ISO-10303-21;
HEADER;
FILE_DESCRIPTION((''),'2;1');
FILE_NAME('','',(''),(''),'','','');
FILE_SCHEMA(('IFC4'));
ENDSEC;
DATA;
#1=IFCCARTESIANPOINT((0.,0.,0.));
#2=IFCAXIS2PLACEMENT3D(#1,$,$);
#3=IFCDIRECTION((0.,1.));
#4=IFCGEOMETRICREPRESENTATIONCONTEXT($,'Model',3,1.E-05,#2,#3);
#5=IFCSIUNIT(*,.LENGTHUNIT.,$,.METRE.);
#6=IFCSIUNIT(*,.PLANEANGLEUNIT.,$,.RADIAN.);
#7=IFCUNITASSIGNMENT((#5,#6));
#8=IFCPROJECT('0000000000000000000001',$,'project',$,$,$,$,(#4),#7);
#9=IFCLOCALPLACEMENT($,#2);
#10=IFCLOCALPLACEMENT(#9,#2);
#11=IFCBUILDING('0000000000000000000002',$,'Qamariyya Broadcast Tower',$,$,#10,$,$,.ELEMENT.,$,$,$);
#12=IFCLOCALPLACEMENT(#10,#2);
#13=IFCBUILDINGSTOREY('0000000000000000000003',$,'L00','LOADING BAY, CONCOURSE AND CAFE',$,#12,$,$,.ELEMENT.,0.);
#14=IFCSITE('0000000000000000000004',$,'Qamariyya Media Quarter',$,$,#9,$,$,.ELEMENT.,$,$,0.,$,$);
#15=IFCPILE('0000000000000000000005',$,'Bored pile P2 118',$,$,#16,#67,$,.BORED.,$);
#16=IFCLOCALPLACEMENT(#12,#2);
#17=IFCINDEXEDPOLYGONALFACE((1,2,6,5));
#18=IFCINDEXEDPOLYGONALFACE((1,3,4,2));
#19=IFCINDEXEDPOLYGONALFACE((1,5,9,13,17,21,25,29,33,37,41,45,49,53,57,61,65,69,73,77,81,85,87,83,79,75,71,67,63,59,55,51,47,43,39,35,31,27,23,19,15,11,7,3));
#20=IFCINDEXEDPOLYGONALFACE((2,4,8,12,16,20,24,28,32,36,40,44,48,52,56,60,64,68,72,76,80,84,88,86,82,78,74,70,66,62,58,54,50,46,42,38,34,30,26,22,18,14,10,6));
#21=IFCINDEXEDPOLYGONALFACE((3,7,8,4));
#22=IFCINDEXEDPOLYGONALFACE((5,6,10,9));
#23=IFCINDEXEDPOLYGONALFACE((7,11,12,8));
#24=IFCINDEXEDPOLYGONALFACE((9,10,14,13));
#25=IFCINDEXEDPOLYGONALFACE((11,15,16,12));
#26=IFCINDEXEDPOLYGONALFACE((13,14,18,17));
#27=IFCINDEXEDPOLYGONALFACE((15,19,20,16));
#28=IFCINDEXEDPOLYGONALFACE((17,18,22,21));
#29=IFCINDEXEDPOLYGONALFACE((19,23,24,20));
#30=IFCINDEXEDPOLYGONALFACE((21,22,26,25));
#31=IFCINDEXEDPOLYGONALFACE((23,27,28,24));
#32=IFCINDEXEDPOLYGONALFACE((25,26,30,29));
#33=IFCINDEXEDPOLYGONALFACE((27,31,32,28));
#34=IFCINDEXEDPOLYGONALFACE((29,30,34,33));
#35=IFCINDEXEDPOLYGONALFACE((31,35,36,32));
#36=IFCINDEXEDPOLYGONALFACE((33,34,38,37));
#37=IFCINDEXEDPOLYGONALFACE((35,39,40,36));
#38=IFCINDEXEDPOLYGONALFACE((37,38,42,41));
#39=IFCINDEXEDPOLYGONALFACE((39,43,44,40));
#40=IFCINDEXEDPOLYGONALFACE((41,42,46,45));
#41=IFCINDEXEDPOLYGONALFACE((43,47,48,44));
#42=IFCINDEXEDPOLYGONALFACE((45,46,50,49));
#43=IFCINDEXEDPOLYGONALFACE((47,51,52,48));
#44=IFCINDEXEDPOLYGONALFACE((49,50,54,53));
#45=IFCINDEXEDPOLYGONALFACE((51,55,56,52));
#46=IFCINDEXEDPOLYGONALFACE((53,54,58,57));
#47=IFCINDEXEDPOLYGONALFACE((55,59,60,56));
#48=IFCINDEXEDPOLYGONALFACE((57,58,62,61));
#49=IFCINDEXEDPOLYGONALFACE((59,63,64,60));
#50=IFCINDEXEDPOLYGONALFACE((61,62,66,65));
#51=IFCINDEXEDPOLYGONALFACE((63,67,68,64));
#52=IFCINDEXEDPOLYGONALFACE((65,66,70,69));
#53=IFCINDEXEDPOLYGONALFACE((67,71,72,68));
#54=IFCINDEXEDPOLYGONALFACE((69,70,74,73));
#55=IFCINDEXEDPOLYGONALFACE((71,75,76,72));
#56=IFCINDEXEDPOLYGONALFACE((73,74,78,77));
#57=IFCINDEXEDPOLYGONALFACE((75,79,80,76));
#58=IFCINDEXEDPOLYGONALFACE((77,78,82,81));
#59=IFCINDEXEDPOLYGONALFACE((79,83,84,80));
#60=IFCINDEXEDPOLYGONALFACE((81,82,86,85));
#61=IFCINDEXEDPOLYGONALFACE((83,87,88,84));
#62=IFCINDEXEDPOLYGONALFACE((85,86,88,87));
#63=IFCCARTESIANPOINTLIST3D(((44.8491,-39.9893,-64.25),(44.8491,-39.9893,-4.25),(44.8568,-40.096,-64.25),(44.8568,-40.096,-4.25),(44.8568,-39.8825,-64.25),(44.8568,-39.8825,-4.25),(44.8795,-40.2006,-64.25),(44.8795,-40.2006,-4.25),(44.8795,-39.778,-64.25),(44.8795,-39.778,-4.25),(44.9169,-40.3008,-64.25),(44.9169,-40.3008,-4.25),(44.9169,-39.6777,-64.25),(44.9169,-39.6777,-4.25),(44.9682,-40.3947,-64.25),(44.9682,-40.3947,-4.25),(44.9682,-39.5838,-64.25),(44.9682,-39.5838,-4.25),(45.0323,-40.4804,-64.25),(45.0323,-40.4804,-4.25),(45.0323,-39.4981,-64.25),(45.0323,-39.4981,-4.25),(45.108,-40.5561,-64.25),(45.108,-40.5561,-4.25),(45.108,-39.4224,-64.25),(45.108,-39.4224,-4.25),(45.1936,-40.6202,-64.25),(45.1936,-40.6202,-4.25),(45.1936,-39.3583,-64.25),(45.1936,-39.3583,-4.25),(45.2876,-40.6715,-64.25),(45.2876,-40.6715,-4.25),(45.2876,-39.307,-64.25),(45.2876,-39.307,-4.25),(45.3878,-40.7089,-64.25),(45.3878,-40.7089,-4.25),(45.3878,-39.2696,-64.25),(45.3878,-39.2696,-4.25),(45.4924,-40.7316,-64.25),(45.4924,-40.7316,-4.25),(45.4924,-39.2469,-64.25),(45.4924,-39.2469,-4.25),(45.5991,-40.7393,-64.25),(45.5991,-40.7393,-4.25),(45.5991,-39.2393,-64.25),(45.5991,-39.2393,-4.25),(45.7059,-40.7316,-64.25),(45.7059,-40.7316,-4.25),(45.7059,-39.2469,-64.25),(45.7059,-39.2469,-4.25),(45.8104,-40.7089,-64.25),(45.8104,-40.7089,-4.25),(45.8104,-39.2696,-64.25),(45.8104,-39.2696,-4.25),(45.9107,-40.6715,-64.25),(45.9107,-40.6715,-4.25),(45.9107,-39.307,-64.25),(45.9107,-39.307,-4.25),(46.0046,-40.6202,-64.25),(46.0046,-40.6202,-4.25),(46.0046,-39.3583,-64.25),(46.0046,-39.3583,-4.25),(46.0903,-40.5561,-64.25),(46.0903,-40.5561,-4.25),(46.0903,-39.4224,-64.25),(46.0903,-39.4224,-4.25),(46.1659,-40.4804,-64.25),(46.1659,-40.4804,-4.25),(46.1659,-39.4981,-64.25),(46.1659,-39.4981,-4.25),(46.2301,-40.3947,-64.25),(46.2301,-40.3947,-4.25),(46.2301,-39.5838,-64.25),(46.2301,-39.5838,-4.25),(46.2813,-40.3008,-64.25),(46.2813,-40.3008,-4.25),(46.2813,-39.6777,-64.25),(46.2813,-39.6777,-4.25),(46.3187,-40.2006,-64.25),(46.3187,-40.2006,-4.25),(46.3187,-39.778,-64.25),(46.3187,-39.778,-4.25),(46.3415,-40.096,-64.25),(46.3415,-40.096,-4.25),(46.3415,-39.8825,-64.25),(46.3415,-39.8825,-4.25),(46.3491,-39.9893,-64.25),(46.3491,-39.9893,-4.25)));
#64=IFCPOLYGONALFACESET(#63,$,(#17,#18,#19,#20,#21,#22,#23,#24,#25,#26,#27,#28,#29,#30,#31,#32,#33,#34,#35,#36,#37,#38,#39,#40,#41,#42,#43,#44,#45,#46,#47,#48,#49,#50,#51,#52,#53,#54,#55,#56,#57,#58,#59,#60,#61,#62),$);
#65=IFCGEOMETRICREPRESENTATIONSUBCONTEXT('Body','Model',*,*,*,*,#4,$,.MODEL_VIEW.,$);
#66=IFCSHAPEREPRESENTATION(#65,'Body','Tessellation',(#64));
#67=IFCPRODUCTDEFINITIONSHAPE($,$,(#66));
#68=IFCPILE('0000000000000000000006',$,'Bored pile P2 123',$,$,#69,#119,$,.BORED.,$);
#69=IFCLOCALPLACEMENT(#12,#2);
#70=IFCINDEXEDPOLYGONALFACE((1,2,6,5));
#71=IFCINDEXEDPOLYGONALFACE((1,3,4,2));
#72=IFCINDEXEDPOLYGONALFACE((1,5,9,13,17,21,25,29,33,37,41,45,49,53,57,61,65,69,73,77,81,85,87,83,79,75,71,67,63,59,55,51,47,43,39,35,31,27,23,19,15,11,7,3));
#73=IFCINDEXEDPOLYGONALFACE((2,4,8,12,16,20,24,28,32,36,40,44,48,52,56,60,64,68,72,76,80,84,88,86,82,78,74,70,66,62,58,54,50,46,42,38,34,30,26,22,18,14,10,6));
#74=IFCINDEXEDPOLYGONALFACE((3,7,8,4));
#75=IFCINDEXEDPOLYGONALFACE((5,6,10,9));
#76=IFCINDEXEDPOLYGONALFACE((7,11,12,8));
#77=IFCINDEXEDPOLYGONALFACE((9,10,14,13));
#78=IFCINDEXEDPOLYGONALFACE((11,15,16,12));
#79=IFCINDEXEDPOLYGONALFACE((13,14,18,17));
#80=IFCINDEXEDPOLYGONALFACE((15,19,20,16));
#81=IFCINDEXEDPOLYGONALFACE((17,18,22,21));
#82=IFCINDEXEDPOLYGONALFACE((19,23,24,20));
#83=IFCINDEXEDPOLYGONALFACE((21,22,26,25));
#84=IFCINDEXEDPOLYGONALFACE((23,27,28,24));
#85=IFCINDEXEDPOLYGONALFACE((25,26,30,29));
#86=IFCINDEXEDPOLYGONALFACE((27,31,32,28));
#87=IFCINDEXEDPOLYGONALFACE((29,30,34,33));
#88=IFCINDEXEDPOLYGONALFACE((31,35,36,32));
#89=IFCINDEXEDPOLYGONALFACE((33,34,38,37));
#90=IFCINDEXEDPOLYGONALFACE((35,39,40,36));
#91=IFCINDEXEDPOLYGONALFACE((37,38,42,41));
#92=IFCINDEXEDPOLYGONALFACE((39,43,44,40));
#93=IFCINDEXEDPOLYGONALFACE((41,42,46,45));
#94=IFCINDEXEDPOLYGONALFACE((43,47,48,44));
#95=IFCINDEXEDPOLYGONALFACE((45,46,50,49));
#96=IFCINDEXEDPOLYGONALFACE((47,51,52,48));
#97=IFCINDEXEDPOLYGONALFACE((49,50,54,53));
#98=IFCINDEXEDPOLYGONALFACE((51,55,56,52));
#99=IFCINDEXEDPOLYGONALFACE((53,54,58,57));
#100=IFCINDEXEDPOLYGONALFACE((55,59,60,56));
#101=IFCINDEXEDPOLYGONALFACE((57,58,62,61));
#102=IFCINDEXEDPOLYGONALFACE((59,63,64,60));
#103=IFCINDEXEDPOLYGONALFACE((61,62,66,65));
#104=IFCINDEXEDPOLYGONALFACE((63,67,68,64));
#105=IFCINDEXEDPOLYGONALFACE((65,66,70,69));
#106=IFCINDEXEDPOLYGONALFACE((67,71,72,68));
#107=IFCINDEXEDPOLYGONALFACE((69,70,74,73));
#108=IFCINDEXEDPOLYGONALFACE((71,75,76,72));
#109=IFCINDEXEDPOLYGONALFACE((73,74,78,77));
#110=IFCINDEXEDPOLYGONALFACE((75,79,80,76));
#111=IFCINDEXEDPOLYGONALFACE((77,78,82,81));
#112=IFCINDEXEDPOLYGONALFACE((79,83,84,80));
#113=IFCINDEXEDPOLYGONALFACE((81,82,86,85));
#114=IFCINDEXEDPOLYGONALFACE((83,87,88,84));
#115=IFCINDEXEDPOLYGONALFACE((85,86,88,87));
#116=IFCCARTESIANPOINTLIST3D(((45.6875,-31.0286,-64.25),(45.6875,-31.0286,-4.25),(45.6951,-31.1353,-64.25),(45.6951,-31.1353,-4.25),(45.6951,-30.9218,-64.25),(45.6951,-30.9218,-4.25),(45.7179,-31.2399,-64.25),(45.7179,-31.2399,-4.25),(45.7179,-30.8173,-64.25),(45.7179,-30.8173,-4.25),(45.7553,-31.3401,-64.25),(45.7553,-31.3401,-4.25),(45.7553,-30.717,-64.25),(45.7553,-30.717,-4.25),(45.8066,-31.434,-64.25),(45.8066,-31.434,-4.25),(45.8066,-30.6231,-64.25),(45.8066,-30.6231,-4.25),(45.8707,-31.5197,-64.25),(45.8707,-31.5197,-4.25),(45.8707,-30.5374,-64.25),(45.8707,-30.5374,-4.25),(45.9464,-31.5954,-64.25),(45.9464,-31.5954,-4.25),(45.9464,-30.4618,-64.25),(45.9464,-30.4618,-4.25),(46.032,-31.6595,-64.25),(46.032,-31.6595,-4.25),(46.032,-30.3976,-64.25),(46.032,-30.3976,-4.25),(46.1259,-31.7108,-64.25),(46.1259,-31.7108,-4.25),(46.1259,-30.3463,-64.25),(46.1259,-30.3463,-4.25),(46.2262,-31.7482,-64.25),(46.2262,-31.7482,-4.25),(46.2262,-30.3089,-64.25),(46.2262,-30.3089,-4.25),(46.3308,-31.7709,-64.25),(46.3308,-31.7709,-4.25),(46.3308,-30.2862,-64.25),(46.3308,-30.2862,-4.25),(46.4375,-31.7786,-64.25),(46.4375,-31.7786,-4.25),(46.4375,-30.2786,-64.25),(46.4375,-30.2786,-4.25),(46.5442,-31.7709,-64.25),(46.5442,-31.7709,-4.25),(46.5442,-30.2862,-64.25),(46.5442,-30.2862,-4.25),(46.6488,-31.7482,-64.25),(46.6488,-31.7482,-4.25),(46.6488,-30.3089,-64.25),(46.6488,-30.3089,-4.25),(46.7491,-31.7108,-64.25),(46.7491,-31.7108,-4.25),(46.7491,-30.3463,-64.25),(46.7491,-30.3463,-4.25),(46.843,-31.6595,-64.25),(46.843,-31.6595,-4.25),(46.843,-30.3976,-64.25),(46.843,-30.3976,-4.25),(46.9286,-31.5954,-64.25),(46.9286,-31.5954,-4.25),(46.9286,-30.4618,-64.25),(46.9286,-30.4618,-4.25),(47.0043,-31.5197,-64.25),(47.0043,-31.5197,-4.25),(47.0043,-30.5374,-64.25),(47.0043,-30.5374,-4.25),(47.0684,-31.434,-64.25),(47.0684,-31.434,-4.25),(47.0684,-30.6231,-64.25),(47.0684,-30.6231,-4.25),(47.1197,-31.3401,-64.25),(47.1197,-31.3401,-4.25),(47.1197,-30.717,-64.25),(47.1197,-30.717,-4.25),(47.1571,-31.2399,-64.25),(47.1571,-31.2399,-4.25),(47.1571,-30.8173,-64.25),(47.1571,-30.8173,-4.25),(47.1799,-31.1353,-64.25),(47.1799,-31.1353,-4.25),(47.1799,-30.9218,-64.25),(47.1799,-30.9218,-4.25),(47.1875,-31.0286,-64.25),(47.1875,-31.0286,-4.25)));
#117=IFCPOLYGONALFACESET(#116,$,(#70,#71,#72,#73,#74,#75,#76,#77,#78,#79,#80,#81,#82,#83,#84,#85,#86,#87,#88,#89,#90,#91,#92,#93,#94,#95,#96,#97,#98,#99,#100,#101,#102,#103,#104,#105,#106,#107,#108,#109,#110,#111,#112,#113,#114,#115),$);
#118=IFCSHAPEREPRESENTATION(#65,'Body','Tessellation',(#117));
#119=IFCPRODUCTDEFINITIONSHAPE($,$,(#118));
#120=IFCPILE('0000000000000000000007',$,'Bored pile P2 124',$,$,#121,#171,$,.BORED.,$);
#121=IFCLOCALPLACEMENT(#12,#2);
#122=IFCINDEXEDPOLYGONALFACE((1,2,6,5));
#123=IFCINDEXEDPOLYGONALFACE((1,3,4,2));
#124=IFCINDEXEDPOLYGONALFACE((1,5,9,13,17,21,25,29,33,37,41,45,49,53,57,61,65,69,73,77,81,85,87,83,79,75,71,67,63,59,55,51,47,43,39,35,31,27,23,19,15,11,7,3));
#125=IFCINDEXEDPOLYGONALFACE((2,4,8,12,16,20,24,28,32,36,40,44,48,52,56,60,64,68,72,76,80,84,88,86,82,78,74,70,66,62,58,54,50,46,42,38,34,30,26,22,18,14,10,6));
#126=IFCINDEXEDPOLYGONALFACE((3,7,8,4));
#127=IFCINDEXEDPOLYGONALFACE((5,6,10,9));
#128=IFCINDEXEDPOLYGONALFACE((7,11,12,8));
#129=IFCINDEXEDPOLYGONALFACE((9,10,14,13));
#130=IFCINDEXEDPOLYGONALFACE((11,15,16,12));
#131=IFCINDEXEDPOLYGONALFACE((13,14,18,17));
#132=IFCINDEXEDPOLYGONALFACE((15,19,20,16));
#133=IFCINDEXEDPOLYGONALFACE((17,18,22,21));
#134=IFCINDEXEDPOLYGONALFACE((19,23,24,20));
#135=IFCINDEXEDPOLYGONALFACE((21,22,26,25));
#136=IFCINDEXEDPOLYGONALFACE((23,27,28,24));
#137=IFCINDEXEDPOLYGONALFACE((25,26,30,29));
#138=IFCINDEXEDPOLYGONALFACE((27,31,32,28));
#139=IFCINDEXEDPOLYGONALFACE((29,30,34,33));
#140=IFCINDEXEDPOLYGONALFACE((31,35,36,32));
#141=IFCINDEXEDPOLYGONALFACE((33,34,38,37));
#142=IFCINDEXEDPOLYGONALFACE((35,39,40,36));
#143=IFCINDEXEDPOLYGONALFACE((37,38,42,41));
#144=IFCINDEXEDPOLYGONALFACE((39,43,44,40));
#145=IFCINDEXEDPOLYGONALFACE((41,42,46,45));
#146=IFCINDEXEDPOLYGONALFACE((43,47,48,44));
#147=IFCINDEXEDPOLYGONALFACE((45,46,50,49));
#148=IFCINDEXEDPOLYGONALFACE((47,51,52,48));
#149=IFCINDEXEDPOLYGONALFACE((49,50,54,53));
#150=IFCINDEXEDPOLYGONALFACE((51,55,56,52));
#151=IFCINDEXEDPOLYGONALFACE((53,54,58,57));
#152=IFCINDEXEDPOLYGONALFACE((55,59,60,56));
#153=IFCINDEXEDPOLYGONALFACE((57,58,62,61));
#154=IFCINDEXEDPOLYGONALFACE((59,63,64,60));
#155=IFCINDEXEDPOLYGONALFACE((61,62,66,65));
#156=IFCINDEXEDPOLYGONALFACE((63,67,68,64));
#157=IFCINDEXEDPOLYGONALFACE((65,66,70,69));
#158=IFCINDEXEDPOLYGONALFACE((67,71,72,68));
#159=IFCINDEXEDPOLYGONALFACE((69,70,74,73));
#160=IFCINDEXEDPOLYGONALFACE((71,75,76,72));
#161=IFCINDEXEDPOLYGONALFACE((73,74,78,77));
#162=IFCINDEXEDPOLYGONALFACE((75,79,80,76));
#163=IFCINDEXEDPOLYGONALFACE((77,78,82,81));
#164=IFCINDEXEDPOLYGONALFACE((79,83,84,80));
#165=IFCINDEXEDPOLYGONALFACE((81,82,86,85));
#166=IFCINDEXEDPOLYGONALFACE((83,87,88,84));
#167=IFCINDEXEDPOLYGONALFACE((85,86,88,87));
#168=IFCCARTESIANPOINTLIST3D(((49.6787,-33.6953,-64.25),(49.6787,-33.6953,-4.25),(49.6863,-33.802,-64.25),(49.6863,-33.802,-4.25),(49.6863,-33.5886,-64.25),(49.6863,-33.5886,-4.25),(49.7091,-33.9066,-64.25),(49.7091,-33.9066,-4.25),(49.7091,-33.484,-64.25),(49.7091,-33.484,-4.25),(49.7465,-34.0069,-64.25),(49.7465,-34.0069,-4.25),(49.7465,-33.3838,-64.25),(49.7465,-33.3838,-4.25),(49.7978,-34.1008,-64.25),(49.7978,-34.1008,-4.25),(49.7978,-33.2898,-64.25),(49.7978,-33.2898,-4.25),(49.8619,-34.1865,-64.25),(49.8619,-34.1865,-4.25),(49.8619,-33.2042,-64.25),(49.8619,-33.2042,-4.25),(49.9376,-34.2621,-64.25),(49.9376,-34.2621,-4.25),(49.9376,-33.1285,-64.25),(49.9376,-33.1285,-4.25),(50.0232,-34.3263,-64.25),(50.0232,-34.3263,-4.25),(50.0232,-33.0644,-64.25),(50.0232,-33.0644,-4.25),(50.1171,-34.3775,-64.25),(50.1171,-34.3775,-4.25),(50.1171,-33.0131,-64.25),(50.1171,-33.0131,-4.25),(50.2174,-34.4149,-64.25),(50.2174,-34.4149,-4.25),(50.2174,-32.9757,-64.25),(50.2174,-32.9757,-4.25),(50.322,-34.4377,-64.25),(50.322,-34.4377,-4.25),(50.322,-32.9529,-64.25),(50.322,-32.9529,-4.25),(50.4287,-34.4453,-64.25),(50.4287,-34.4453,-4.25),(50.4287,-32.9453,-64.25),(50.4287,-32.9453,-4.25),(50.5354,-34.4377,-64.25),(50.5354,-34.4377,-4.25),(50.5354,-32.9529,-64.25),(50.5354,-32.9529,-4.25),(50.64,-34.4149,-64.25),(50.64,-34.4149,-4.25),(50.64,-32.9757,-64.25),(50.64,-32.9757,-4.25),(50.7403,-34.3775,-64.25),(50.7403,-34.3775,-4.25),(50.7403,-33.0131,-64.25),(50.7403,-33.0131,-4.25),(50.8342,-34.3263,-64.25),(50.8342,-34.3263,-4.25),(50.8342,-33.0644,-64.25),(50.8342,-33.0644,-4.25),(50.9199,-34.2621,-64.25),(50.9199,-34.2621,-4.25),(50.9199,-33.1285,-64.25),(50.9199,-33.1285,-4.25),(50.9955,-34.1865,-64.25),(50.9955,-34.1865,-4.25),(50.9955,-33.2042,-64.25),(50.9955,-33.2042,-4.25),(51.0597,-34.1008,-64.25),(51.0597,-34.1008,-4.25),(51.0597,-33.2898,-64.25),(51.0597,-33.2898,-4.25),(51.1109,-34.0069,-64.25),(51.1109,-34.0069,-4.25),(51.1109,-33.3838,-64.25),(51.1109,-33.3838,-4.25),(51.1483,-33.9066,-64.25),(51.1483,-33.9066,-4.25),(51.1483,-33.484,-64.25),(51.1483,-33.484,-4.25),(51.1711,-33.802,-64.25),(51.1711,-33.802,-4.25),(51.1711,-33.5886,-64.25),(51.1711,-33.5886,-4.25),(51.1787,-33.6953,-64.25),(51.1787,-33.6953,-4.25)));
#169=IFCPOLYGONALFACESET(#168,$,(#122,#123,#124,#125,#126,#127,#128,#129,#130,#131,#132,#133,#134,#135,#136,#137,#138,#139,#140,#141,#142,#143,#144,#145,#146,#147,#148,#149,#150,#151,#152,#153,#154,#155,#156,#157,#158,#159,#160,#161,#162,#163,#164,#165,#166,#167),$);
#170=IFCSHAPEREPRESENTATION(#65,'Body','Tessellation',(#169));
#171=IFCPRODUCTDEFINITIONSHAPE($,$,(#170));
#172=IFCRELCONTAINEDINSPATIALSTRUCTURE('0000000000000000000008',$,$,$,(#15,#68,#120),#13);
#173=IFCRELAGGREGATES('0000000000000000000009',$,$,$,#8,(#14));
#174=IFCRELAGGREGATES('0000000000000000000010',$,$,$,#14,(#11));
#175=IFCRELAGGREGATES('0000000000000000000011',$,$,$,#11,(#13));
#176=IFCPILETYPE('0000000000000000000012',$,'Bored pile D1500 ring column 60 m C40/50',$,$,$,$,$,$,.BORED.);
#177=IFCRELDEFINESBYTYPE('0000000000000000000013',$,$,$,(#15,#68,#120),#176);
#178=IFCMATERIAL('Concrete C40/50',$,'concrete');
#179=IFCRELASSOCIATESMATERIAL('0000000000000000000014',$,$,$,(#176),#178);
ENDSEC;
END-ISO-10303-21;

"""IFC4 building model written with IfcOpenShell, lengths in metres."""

from ifc_helpers import new_model, si_unit, direction, frame, origin, origin_2d, place, context, subcontext, project, spatial, circle, extrude, material, material_profile, profile_set, type_object, element, save


model = new_model("IFC4")

# Units and contexts
model_context = context("Model", 3, precision=1e-05, world=origin(), true_north=direction((0.0, 1.0)))
body_context = subcontext(model_context, "Body", "Model", "MODEL_VIEW")
ifc_project = project(units=[si_unit("LENGTHUNIT", "METRE"), si_unit("PLANEANGLEUNIT", "RADIAN")], contexts=[model_context])

# Site, building, storey
site_placement = place(None, origin())
site = spatial("IfcSite", under=ifc_project, at=site_placement, Name="Qamariyya Media Quarter", CompositionType="ELEMENT", RefElevation=0.0)
building_placement = place(site_placement, origin())
building = spatial("IfcBuilding", under=site, at=building_placement, Name="Qamariyya Broadcast Tower", CompositionType="ELEMENT")
storey_placement = place(building_placement, origin())
storey = spatial("IfcBuildingStorey", under=building, at=storey_placement, Name="L00", Description="LOADING BAY, CONCOURSE AND CAFE", CompositionType="ELEMENT", Elevation=0.0)

# Piles
ifc_material_1 = material(Name="Concrete C40/50", Category="concrete")
ifc_material_profile_1 = material_profile(ifc_material_1, circle(Radius=0.75, at=origin_2d()))
ifc_profile_set_1 = profile_set([ifc_material_profile_1], Name="Concrete C40/50")
pile_type_1 = type_object("IfcPileType", Name="Bored pile D1500 ring column 60 m C40/50", PredefinedType="BORED", material=ifc_profile_set_1)
for number, where, z_axis, x_axis, name in (
    (1, (45.5991, -39.9893, -4.25), (0.0, 0.0, -1.0), (1.0, 0.0, 0.0), "Bored pile P2 118"),
    (2, (46.4375, -31.0286, -4.25), (0.0, 0.0, -1.0), (1.0, 0.0, 0.0), "Bored pile P2 123"),
    (3, (50.4287, -33.6953, -4.25), (0.0, 0.0, -1.0), (1.0, 0.0, 0.0), "Bored pile P2 124"),
):
    element("IfcPile", number, at=place(storey_placement, frame(where, z_axis=z_axis, x_axis=x_axis)), inside=storey, type_object=pile_type_1, Name=name, PredefinedType="BORED", context=body_context, shape_type="SweptSolid", body=[
        extrude(circle(Radius=0.75, at=origin_2d()), origin(), (0.0, 0.0, 1.0), 60.0),
    ])

save(model, "model.ifc")
